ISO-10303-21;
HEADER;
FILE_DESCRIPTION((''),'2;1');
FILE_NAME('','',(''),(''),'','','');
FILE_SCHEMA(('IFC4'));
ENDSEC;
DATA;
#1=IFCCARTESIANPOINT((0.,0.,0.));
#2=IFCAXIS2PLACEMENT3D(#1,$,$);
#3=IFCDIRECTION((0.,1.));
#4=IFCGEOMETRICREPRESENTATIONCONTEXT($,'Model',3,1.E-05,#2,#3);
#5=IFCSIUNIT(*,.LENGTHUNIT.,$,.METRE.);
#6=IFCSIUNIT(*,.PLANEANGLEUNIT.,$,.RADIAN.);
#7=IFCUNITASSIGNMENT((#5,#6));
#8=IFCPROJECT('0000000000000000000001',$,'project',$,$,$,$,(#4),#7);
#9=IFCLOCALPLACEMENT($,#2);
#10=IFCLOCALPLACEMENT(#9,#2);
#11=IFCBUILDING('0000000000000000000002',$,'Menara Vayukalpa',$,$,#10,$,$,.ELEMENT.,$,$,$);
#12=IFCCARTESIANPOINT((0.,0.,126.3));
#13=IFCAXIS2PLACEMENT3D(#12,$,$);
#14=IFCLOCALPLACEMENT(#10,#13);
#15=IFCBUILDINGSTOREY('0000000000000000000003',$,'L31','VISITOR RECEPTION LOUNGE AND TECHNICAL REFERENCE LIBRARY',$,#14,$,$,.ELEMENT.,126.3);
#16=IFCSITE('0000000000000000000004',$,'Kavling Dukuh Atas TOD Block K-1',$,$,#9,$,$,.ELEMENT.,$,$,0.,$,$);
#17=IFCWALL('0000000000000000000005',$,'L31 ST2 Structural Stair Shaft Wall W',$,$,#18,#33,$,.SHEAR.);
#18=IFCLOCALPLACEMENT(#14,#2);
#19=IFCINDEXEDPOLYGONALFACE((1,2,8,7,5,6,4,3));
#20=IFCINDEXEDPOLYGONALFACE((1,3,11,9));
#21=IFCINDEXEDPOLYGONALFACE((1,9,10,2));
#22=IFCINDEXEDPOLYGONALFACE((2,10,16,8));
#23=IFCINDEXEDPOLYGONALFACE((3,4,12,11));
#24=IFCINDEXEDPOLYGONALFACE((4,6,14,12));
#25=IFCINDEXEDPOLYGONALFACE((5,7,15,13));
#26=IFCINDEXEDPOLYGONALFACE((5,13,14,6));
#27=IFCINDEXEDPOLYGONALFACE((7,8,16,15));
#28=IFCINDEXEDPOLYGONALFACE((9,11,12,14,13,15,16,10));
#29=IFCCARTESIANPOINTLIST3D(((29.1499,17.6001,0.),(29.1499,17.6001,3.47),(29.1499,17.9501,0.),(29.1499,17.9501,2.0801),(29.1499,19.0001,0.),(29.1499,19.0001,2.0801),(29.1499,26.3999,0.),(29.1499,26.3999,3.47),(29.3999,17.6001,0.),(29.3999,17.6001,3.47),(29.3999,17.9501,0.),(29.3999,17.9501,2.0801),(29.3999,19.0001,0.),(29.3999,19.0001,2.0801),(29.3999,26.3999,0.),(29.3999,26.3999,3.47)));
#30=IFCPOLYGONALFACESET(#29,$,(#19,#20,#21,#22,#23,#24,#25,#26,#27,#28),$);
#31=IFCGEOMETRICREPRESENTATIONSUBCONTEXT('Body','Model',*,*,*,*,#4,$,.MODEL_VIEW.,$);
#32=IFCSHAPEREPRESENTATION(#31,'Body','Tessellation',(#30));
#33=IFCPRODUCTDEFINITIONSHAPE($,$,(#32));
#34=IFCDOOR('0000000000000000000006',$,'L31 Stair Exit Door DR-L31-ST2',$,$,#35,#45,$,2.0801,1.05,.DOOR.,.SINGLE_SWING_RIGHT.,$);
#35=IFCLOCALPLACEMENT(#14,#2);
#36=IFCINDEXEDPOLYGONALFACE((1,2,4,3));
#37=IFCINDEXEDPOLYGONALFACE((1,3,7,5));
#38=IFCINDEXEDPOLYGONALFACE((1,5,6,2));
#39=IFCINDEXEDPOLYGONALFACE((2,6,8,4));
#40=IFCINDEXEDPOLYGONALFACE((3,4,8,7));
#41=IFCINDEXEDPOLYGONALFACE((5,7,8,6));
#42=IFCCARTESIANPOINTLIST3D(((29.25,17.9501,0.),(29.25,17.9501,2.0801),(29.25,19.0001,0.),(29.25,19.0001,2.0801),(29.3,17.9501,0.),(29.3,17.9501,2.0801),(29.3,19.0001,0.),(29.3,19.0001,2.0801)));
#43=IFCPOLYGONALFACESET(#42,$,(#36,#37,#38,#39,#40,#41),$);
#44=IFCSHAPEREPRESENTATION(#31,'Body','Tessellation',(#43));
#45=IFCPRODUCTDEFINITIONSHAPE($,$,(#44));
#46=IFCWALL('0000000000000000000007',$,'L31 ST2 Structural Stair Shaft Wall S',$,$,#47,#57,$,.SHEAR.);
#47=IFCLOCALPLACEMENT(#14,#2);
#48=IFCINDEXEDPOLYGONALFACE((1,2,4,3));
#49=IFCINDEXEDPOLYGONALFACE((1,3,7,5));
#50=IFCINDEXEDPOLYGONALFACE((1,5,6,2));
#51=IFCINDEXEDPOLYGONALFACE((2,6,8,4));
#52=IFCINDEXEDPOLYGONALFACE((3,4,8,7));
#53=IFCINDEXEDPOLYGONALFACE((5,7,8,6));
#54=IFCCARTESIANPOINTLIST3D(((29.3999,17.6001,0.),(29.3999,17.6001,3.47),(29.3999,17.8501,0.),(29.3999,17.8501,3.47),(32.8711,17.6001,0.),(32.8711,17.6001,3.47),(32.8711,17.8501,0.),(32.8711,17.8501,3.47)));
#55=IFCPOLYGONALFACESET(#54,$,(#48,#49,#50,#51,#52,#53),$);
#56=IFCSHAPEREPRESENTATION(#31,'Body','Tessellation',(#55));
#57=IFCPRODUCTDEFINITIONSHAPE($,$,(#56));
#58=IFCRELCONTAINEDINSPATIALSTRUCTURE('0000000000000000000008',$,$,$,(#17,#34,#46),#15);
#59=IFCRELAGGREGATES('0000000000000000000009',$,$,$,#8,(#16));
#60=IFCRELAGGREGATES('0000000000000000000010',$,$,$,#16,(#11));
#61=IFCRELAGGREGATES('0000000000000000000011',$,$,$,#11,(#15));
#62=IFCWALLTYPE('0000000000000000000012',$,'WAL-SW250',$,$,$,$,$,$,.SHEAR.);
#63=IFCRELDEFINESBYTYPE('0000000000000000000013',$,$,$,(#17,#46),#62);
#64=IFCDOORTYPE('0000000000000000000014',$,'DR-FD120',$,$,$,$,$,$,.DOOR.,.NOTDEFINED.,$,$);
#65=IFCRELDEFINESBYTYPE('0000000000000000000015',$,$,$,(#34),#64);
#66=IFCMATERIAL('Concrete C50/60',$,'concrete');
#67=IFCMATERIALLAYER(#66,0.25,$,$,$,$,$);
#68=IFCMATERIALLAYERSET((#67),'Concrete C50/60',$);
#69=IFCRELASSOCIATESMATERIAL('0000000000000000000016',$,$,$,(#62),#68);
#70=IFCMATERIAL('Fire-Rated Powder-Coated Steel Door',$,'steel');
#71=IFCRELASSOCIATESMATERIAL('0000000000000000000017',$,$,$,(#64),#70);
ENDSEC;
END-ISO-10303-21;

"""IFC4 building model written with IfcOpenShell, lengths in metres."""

from ifc_helpers import new_model, si_unit, direction, frame, frame_2d, origin, place, context, subcontext, project, spatial, rectangle, extrude, material, layer, layer_set, type_object, element, fill, save


model = new_model("IFC4")

# Units and contexts
model_context = context("Model", 3, precision=1e-05, world=origin(), true_north=direction((0.0, 1.0)))
body_context = subcontext(model_context, "Body", "Model", "MODEL_VIEW")
ifc_project = project(units=[si_unit("LENGTHUNIT", "METRE"), si_unit("PLANEANGLEUNIT", "RADIAN")], contexts=[model_context])

# Site, building, storey
site_placement = place(None, origin())
site = spatial("IfcSite", under=ifc_project, at=site_placement, Name="Kavling Dukuh Atas TOD Block K-1", CompositionType="ELEMENT", RefElevation=0.0)
building_placement = place(site_placement, origin())
building = spatial("IfcBuilding", under=site, at=building_placement, Name="Menara Vayukalpa", CompositionType="ELEMENT")
storey_placement = place(building_placement, frame((0.0, 0.0, 126.3)))
storey = spatial("IfcBuildingStorey", under=building, at=storey_placement, Name="L31", Description="VISITOR RECEPTION LOUNGE AND TECHNICAL REFERENCE LIBRARY", CompositionType="ELEMENT", Elevation=126.3)

# Wall, opening, door
ifc_material_1 = material(Name="Concrete C50/60", Category="concrete")
ifc_layer_1 = layer(ifc_material_1, 0.25)
ifc_layer_set_1 = layer_set([ifc_layer_1], Name="Concrete C50/60")
wall_type_1 = type_object("IfcWallType", Name="WAL-SW250", PredefinedType="SHEAR", material=ifc_layer_set_1)
wall_1_placement = place(storey_placement, frame((29.2749, 17.6001, 0.0), z_axis=(0.0, 0.0, 1.0), x_axis=(0.0, 1.0, 0.0)))
wall_1 = element("IfcWall", 1, at=wall_1_placement, inside=storey, type_object=wall_type_1, Name="L31 ST2 Structural Stair Shaft Wall W", PredefinedType="SHEAR", context=body_context, shape_type="SweptSolid", body=[
    extrude(rectangle(XDim=8.7998, YDim=0.25, at=frame_2d((4.3999, 0.0))), origin(), (0.0, 0.0, 1.0), 3.47),
])
opening_1_placement = place(wall_1_placement, frame((0.3501, 0.0, 0.0)))
opening_1 = element("IfcOpeningElement", 2, at=opening_1_placement, cuts=wall_1, PredefinedType="OPENING", context=body_context, shape_type="SweptSolid", body=[
    extrude(rectangle(XDim=1.05, YDim=2.0801, at=frame_2d((0.5249, 1.04))), frame((0.0, 0.135, 0.0), z_axis=(0.0, -1.0, 0.0), x_axis=(1.0, 0.0, 0.0)), (0.0, 0.0, 1.0), 0.27),
])
ifc_material_2 = material(Name="Fire-Rated Powder-Coated Steel Door", Category="steel")
door_type_1 = type_object("IfcDoorType", Name="DR-FD120", OperationType="NOTDEFINED", PredefinedType="DOOR", material=ifc_material_2)
door_1_placement = place(opening_1_placement, origin())
door_1 = element("IfcDoor", 3, at=door_1_placement, inside=storey, type_object=door_type_1, Name="L31 Stair Exit Door DR-L31-ST2", OperationType="SINGLE_SWING_RIGHT", OverallHeight=2.0801, OverallWidth=1.05, PredefinedType="DOOR", context=body_context, shape_type="SweptSolid", body=[
    extrude(rectangle(XDim=1.05, YDim=2.0801, at=frame_2d((0.5249, 1.04))), frame((0.0, 0.0249, 0.0), z_axis=(0.0, -1.0, 0.0), x_axis=(1.0, 0.0, 0.0)), (0.0, 0.0, 1.0), 0.05),
])
fill(opening_1, door_1)

# Wall
wall_2_placement = place(storey_placement, frame((29.3999, 17.7251, 0.0), z_axis=(0.0, 0.0, 1.0), x_axis=(1.0, 0.0, 0.0)))
element("IfcWall", 4, at=wall_2_placement, inside=storey, type_object=wall_type_1, Name="L31 ST2 Structural Stair Shaft Wall S", PredefinedType="SHEAR", context=body_context, shape_type="SweptSolid", body=[
    extrude(rectangle(XDim=3.4712, YDim=0.25, at=frame_2d((1.7356, 0.0))), origin(), (0.0, 0.0, 1.0), 3.47),
])

save(model, "model.ifc")
